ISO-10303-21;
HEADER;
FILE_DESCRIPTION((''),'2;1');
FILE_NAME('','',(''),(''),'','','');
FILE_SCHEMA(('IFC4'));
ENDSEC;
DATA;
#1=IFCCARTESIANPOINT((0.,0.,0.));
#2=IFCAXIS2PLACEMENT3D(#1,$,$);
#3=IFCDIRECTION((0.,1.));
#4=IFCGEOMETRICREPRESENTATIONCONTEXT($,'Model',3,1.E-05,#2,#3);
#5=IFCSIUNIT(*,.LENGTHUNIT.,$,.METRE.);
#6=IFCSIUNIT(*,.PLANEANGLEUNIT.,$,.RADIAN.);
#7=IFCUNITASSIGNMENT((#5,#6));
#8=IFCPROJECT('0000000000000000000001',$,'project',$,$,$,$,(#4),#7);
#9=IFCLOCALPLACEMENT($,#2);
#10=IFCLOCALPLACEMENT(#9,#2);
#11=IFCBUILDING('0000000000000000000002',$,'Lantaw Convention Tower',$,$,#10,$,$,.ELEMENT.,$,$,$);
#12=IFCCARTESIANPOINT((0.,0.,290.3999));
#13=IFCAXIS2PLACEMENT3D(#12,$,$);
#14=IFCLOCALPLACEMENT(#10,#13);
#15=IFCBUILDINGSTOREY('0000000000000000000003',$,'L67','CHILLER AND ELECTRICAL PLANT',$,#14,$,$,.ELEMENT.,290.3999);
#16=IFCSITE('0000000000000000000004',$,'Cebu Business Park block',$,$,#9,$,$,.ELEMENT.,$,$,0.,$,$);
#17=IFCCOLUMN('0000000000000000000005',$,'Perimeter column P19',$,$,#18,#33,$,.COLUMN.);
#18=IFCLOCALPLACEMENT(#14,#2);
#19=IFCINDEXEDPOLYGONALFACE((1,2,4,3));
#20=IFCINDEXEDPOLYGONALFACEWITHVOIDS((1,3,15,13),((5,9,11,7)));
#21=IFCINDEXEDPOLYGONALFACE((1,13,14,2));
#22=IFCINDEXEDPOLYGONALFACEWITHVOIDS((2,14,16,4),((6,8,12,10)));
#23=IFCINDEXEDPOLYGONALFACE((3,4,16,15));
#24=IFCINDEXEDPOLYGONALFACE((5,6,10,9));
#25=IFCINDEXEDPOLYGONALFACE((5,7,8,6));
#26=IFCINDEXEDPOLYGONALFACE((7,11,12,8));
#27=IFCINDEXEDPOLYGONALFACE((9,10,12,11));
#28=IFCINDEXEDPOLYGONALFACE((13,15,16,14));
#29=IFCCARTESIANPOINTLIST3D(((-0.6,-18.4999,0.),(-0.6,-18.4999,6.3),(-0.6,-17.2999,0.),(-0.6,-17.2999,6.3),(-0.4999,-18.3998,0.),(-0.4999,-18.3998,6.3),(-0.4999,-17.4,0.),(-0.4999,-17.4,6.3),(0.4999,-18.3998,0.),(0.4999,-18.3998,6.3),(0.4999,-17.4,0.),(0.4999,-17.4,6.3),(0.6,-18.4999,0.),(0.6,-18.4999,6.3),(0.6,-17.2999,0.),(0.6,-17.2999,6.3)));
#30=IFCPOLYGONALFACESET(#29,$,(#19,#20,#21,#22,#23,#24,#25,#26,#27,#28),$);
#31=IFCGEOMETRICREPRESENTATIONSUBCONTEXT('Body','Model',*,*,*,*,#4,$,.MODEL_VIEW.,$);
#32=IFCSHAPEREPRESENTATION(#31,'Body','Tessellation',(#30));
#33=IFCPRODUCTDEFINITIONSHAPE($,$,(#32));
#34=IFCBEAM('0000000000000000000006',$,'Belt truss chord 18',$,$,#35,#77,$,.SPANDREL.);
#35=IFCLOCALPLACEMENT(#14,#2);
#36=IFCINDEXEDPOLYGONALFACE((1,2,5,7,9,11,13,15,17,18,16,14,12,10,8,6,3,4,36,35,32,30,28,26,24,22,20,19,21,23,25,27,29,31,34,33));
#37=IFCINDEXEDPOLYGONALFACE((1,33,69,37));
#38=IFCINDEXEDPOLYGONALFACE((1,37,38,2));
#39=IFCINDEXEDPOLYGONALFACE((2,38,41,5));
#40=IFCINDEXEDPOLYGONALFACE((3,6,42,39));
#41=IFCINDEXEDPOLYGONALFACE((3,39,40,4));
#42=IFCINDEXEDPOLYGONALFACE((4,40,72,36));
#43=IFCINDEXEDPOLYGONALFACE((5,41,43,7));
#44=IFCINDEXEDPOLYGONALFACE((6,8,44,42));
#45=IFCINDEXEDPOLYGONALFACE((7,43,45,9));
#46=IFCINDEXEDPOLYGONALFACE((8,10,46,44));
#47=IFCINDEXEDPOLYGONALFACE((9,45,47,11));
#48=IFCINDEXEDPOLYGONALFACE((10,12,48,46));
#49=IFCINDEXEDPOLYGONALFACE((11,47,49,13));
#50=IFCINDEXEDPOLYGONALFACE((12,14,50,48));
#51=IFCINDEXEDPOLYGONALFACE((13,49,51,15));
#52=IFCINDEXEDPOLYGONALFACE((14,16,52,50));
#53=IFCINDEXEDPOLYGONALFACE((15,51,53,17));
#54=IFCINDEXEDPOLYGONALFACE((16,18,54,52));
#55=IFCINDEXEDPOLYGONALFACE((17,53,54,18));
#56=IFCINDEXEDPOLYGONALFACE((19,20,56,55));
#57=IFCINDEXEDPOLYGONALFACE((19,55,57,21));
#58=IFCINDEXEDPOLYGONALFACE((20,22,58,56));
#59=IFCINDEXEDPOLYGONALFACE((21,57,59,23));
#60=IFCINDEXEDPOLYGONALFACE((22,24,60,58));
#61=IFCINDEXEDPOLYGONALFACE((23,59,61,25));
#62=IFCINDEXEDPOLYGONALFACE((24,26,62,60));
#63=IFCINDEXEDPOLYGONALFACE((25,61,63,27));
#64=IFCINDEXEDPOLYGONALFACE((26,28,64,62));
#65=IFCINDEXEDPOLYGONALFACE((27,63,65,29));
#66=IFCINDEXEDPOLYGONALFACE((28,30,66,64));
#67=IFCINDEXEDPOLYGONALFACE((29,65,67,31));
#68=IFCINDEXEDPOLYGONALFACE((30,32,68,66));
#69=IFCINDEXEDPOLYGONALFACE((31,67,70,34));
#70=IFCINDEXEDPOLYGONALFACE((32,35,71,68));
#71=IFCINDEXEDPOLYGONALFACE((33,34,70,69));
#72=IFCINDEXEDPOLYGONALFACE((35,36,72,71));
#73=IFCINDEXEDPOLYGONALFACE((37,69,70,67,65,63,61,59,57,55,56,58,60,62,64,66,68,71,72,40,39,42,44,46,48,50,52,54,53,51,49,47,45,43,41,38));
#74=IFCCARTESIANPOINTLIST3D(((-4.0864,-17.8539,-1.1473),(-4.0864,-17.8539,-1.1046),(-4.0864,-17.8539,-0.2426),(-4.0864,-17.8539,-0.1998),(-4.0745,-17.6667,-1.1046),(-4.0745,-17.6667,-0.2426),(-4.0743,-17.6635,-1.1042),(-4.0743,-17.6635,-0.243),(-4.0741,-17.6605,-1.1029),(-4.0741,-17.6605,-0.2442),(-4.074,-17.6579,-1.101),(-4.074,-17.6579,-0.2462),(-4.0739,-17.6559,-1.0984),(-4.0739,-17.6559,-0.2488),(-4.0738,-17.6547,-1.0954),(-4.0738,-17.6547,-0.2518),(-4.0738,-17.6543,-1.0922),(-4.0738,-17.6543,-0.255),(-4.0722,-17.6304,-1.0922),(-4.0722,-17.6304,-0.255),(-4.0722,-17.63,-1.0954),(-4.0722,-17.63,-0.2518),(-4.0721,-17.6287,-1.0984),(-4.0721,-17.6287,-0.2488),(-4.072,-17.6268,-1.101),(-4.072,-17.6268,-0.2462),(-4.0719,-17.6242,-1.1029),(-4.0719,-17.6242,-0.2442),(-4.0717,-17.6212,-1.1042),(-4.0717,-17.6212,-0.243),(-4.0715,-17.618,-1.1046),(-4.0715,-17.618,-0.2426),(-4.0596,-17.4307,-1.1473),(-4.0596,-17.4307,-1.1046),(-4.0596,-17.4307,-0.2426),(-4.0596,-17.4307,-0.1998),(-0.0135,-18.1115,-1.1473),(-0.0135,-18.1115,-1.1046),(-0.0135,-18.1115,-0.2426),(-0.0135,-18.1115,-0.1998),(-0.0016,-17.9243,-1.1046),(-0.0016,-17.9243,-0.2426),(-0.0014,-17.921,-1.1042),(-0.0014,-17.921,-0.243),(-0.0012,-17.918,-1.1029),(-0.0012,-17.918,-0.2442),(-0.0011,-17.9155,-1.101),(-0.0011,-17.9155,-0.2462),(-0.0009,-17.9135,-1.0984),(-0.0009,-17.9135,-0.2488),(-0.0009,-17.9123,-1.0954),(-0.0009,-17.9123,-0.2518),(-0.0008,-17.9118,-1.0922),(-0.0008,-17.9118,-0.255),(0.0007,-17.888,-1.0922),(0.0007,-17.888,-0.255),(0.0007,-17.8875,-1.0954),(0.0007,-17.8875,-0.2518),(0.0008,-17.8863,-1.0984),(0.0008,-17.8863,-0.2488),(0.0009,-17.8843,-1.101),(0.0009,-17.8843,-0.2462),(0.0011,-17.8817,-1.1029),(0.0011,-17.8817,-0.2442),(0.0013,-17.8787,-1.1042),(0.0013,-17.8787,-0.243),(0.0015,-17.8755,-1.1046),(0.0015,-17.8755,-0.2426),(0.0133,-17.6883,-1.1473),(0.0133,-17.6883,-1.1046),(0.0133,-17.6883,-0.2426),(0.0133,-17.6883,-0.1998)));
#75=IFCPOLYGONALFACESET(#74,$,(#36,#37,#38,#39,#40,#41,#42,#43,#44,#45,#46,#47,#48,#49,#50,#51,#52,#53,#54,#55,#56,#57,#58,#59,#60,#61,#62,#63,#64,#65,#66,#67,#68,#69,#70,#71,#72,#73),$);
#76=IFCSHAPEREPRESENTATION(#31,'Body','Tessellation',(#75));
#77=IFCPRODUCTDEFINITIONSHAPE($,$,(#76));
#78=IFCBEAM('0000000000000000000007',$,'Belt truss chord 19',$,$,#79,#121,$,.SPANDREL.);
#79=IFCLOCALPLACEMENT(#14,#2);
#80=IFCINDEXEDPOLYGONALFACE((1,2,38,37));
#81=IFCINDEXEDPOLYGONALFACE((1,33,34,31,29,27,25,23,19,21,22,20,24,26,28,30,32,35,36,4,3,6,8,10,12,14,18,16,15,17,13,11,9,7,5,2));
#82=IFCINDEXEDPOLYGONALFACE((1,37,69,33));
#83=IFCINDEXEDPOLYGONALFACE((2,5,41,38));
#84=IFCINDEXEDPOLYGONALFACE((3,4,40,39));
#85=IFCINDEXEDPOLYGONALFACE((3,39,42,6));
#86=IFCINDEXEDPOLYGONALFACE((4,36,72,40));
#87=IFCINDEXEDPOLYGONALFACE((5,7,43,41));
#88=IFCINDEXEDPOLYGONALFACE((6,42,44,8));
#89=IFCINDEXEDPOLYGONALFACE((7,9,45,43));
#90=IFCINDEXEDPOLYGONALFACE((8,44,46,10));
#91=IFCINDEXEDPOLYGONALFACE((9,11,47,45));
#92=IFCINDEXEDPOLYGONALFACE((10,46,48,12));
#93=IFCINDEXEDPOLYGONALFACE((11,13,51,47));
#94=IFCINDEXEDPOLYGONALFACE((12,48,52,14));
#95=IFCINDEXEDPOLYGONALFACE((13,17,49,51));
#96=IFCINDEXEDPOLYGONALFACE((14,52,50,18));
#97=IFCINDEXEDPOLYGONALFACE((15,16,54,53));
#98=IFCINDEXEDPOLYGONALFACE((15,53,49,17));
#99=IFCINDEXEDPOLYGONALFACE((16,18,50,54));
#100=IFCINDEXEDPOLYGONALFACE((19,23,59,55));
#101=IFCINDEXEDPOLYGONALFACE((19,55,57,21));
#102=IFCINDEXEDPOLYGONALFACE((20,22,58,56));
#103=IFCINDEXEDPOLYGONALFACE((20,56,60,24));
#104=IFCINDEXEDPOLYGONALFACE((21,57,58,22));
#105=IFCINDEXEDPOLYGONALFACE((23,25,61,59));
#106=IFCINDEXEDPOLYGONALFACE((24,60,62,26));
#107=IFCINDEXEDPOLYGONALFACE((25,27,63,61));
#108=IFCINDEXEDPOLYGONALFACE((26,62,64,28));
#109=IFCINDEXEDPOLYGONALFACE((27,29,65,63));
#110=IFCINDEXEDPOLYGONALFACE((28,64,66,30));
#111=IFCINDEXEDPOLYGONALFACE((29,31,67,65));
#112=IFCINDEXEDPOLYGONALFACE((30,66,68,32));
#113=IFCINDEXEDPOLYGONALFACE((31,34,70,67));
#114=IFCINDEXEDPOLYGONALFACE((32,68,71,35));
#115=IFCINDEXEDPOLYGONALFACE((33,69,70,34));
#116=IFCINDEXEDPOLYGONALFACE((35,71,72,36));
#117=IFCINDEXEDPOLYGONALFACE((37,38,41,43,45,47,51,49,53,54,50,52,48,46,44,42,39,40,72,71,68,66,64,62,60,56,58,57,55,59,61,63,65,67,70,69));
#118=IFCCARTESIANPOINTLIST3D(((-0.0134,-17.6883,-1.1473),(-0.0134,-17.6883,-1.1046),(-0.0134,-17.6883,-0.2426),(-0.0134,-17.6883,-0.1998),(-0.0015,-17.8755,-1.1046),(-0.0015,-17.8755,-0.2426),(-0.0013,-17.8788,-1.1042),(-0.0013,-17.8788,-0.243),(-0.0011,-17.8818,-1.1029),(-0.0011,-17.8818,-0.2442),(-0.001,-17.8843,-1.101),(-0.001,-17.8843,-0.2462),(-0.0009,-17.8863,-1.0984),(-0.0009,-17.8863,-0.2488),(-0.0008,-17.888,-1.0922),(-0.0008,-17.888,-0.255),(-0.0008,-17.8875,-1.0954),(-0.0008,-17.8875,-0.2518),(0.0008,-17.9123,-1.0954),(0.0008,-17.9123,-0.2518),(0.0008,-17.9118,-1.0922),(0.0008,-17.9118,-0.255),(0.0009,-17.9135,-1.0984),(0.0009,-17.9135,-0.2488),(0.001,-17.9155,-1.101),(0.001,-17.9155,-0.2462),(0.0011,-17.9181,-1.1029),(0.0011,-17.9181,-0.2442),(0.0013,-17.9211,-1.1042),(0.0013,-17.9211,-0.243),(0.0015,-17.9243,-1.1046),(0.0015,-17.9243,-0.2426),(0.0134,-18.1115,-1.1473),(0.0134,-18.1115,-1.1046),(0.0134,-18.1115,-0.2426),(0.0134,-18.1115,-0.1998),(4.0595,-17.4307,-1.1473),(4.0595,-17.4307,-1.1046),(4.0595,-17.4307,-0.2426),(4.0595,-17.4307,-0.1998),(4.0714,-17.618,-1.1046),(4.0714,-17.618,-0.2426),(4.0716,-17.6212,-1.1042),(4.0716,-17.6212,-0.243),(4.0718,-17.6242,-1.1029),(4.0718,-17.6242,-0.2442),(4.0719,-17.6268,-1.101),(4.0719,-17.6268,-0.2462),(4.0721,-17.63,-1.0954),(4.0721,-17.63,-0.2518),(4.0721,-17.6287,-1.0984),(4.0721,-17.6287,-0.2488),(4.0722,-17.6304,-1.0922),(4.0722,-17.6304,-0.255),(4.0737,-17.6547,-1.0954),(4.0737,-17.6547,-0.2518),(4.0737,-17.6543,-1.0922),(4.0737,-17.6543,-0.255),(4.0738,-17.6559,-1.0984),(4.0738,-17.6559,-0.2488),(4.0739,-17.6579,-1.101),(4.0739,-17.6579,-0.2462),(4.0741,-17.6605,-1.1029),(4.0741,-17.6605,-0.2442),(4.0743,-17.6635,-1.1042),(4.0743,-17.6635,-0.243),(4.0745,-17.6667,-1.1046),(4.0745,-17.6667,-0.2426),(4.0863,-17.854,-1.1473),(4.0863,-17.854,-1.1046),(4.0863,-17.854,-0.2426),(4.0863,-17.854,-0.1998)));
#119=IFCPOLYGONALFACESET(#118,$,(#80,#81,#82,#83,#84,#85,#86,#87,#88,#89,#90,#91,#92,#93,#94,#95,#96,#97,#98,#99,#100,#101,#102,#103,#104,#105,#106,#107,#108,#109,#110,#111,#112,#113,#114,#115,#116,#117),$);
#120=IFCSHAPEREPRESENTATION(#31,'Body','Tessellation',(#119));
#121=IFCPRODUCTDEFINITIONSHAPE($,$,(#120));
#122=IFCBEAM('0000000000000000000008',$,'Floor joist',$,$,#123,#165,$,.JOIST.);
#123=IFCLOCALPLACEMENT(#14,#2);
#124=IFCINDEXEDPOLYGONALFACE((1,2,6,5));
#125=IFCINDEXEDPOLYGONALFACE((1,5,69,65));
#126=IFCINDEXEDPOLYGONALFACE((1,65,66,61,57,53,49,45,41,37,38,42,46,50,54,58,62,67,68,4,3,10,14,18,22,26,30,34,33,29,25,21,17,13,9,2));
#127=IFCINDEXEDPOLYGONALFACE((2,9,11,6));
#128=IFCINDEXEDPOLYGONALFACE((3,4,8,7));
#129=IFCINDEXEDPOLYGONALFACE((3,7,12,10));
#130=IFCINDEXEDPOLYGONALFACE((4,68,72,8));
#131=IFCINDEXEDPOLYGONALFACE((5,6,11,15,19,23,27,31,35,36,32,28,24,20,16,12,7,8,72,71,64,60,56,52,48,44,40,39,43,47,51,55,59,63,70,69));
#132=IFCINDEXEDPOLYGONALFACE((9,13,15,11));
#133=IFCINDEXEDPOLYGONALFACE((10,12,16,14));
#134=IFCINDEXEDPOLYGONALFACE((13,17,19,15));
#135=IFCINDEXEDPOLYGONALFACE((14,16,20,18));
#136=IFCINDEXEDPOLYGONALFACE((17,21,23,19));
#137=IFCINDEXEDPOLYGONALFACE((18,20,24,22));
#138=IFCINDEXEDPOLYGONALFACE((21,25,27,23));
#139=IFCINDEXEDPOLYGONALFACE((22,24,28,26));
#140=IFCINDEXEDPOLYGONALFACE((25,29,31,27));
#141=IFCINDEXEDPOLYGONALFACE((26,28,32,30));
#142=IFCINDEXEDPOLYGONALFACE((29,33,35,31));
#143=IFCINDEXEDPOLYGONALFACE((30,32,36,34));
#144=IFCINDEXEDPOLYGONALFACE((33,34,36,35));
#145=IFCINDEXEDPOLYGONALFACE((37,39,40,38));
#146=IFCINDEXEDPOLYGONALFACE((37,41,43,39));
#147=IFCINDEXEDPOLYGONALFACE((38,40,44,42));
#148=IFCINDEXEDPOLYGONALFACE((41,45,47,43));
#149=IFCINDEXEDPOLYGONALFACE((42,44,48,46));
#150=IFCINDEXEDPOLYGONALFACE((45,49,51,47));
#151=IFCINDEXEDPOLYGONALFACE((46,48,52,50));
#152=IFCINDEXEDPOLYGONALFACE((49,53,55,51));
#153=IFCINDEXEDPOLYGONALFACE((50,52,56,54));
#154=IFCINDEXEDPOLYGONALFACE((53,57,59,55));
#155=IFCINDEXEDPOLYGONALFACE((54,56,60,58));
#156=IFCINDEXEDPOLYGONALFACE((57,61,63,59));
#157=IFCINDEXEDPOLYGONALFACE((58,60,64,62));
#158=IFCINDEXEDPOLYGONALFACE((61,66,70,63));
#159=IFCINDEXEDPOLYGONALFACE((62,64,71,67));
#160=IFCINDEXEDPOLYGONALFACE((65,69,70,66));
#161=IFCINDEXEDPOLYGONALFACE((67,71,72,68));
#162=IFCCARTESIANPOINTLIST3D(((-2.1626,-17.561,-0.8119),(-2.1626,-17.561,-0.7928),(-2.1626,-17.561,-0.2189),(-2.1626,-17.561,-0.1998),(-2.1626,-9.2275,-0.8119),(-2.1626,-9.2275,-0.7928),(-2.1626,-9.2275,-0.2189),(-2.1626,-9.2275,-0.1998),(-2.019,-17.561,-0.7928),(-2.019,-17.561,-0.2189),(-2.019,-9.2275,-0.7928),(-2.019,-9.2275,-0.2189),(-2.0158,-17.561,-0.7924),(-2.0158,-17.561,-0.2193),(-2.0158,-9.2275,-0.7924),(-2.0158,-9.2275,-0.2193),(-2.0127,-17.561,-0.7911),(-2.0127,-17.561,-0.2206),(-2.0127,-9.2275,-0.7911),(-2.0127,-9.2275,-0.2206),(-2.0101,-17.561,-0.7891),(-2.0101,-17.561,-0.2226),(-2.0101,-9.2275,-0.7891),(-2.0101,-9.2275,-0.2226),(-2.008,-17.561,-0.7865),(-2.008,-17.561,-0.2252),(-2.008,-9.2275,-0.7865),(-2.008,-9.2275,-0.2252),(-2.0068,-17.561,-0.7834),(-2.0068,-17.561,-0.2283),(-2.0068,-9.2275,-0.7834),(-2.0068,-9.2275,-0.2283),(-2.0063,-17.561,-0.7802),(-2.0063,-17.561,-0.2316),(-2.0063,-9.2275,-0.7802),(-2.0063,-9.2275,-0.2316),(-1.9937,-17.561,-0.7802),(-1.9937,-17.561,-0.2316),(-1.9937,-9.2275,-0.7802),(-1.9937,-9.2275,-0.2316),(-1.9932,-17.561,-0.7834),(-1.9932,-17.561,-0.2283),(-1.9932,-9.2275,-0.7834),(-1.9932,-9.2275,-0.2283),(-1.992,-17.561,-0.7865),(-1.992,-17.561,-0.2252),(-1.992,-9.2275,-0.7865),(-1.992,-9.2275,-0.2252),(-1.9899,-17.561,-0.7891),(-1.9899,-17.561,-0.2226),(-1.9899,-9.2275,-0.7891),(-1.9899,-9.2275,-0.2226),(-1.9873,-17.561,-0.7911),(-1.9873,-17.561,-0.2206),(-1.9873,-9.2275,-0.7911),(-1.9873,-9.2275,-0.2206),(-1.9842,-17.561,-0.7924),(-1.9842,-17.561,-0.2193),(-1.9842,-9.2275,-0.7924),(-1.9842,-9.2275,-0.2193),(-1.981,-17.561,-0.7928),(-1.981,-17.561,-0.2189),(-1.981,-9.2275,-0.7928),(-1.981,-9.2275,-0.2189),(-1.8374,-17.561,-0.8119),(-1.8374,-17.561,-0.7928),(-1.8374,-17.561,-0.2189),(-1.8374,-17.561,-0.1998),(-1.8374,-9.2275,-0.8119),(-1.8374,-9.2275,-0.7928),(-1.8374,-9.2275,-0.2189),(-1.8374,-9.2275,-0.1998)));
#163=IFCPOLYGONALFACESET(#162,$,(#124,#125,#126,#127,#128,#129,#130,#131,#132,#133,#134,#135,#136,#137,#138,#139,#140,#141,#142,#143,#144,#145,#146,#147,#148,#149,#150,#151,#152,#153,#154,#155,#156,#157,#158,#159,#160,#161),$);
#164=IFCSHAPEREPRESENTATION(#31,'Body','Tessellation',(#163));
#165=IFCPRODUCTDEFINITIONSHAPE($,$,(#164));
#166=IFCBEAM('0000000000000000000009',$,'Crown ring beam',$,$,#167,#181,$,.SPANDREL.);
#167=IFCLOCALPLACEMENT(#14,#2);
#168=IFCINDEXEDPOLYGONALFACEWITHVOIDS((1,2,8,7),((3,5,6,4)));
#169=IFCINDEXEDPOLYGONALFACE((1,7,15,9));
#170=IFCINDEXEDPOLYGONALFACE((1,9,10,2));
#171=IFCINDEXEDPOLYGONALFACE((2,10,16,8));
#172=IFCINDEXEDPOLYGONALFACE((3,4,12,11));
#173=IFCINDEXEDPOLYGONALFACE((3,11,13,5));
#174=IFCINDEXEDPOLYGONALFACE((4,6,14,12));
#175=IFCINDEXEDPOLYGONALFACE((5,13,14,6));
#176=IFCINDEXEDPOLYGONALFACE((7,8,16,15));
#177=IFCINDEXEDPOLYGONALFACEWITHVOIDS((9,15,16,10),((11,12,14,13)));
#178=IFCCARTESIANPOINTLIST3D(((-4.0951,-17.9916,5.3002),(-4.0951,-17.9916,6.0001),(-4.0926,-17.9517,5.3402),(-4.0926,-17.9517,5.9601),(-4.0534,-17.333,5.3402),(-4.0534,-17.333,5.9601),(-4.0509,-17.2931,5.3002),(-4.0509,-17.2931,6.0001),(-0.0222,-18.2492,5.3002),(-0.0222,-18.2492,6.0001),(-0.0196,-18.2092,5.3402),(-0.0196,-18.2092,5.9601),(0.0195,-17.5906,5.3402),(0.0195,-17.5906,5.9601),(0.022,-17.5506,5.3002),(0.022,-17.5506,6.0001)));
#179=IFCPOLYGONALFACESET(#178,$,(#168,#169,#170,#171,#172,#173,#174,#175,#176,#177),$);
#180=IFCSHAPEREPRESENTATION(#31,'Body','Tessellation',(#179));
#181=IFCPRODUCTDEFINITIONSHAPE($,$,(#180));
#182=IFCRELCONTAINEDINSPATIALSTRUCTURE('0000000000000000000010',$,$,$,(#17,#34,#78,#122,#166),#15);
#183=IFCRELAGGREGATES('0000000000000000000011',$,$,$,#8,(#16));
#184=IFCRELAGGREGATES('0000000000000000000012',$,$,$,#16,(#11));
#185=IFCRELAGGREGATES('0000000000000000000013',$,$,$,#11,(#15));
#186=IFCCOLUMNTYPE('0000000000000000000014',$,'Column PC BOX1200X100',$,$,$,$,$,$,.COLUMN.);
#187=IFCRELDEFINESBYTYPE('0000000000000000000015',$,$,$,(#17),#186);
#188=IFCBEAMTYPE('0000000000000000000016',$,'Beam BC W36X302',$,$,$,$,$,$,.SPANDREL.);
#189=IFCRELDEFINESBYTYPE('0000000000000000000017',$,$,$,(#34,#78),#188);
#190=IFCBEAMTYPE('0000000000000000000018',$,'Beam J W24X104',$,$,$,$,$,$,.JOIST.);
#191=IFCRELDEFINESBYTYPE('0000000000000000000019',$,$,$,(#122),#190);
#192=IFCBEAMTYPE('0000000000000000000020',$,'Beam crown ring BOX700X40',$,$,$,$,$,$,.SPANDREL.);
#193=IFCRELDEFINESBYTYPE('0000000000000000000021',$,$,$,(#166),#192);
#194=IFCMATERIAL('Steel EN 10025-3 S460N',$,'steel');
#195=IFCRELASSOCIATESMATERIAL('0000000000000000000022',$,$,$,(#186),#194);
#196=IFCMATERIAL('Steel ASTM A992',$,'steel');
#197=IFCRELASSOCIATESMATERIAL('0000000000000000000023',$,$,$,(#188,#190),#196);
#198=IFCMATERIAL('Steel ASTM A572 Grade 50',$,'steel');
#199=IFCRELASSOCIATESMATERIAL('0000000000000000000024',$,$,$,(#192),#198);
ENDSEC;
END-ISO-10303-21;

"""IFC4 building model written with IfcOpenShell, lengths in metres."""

from ifc_helpers import new_model, si_unit, direction, frame, origin, origin_2d, place, context, subcontext, project, spatial, rectangle, hollow_rectangle, i_section, extrude, material, material_profile, profile_set, type_object, element, save


model = new_model("IFC4")

# Units and contexts
model_context = context("Model", 3, precision=1e-05, world=origin(), true_north=direction((0.0, 1.0)))
body_context = subcontext(model_context, "Body", "Model", "MODEL_VIEW")
ifc_project = project(units=[si_unit("LENGTHUNIT", "METRE"), si_unit("PLANEANGLEUNIT", "RADIAN")], contexts=[model_context])

# Site, building, storey
site_placement = place(None, origin())
site = spatial("IfcSite", under=ifc_project, at=site_placement, Name="Cebu Business Park block", CompositionType="ELEMENT", RefElevation=0.0)
building_placement = place(site_placement, origin())
building = spatial("IfcBuilding", under=site, at=building_placement, Name="Lantaw Convention Tower", CompositionType="ELEMENT")
storey_placement = place(building_placement, frame((0.0, 0.0, 290.3999)))
storey = spatial("IfcBuildingStorey", under=building, at=storey_placement, Name="L67", Description="CHILLER AND ELECTRICAL PLANT", CompositionType="ELEMENT", Elevation=290.3999)

# Column
ifc_material_1 = material(Name="Steel EN 10025-3 S460N", Category="steel")
ifc_material_profile_1 = material_profile(ifc_material_1, hollow_rectangle(XDim=1.2, YDim=1.2, WallThickness=0.1001, at=origin_2d()), Name="BOX1200X100")
ifc_material_2 = material(Name="Concrete C60/75", Category="concrete")
ifc_material_profile_2 = material_profile(ifc_material_2, rectangle(XDim=1.0, YDim=1.0, at=origin_2d()), Name="Concrete fill of BOX1200X100")
ifc_profile_set_1 = profile_set([ifc_material_profile_1, ifc_material_profile_2], Name="Steel EN 10025-3 S460N")
column_type = type_object("IfcColumnType", Name="Column PC BOX1200X100", PredefinedType="COLUMN", material=ifc_profile_set_1)
column_placement = place(storey_placement, frame((0.0, -17.8999, 0.0), z_axis=(0.0, 0.0, 1.0), x_axis=(1.0, 0.0, 0.0)))
element("IfcColumn", 1, at=column_placement, inside=storey, type_object=column_type, Name="Perimeter column P19", PredefinedType="COLUMN", context=body_context, shape_type="SweptSolid", body=[
    extrude(hollow_rectangle(XDim=1.2, YDim=1.2, WallThickness=0.1001, at=origin_2d()), origin(), (0.0, 0.0, 1.0), 6.3),
])

# Beams
ifc_material_3 = material(Name="Steel ASTM A992", Category="steel")
ifc_material_profile_3 = material_profile(ifc_material_3, i_section(OverallWidth=0.4241, OverallDepth=0.9475, WebThickness=0.0239, FlangeThickness=0.0427, FilletRadius=0.0125, at=origin_2d()), Name="W36X302")
ifc_profile_set_2 = profile_set([ifc_material_profile_3], Name="Steel ASTM A992")
beam_type_1 = type_object("IfcBeamType", Name="Beam BC W36X302", PredefinedType="SPANDREL", material=ifc_profile_set_2)
for number, where, z_axis, x_axis, name in (
    (2, (-4.073, -17.6423, -0.6736), (0.998006, -0.063112, 0.0), (0.063112, 0.998006, 0.0), "Belt truss chord 18"),
    (3, (0.0, -17.8999, -0.6736), (0.998006, 0.063112, 0.0), (-0.063112, 0.998006, 0.0), "Belt truss chord 19"),
):
    element("IfcBeam", number, at=place(storey_placement, frame(where, z_axis=z_axis, x_axis=x_axis)), inside=storey, type_object=beam_type_1, Name=name, PredefinedType="SPANDREL", context=body_context, shape_type="SweptSolid", body=[
        extrude(i_section(OverallWidth=0.4241, OverallDepth=0.9475, WebThickness=0.0239, FlangeThickness=0.0427, FilletRadius=0.0125, at=origin_2d()), origin(), (0.0, 0.0, 1.0), 4.0811),
    ])
ifc_material_profile_4 = material_profile(ifc_material_3, i_section(OverallWidth=0.3252, OverallDepth=0.6121, WebThickness=0.0127, FlangeThickness=0.019, FilletRadius=0.0127, at=origin_2d()), Name="W24X104")
ifc_profile_set_3 = profile_set([ifc_material_profile_4], Name="Steel ASTM A992")
beam_type_2 = type_object("IfcBeamType", Name="Beam J W24X104", PredefinedType="JOIST", material=ifc_profile_set_3)
beam_placement = place(storey_placement, frame((-2.0, -17.561, -0.5059), z_axis=(0.0, 1.0, 0.0), x_axis=(-1.0, 0.0, 0.0)))
element("IfcBeam", 4, at=beam_placement, inside=storey, type_object=beam_type_2, Name="Floor joist", PredefinedType="JOIST", context=body_context, shape_type="SweptSolid", body=[
    extrude(i_section(OverallWidth=0.3252, OverallDepth=0.6121, WebThickness=0.0127, FlangeThickness=0.019, FilletRadius=0.0127, at=origin_2d()), origin(), (0.0, 0.0, 1.0), 8.3335),
])
ifc_material_4 = material(Name="Steel ASTM A572 Grade 50", Category="steel")
ifc_material_profile_5 = material_profile(ifc_material_4, hollow_rectangle(XDim=0.7, YDim=0.7, WallThickness=0.04, at=origin_2d()), Name="BOX700X40")
ifc_profile_set_4 = profile_set([ifc_material_profile_5], Name="Steel ASTM A572 Grade 50")
beam_type_3 = type_object("IfcBeamType", Name="Beam crown ring BOX700X40", PredefinedType="SPANDREL", material=ifc_profile_set_4)
for number, where, z_axis, x_axis, name in (
    (5, (-4.073, -17.6423, 5.6501), (0.998006, -0.063112, 0.0), (0.063112, 0.998006, 0.0), "Crown ring beam"),
):
    element("IfcBeam", number, at=place(storey_placement, frame(where, z_axis=z_axis, x_axis=x_axis)), inside=storey, type_object=beam_type_3, Name=name, PredefinedType="SPANDREL", context=body_context, shape_type="SweptSolid", body=[
        extrude(hollow_rectangle(XDim=0.7, YDim=0.7, WallThickness=0.04, at=origin_2d()), origin(), (0.0, 0.0, 1.0), 4.0811),
    ])

save(model, "model.ifc")
